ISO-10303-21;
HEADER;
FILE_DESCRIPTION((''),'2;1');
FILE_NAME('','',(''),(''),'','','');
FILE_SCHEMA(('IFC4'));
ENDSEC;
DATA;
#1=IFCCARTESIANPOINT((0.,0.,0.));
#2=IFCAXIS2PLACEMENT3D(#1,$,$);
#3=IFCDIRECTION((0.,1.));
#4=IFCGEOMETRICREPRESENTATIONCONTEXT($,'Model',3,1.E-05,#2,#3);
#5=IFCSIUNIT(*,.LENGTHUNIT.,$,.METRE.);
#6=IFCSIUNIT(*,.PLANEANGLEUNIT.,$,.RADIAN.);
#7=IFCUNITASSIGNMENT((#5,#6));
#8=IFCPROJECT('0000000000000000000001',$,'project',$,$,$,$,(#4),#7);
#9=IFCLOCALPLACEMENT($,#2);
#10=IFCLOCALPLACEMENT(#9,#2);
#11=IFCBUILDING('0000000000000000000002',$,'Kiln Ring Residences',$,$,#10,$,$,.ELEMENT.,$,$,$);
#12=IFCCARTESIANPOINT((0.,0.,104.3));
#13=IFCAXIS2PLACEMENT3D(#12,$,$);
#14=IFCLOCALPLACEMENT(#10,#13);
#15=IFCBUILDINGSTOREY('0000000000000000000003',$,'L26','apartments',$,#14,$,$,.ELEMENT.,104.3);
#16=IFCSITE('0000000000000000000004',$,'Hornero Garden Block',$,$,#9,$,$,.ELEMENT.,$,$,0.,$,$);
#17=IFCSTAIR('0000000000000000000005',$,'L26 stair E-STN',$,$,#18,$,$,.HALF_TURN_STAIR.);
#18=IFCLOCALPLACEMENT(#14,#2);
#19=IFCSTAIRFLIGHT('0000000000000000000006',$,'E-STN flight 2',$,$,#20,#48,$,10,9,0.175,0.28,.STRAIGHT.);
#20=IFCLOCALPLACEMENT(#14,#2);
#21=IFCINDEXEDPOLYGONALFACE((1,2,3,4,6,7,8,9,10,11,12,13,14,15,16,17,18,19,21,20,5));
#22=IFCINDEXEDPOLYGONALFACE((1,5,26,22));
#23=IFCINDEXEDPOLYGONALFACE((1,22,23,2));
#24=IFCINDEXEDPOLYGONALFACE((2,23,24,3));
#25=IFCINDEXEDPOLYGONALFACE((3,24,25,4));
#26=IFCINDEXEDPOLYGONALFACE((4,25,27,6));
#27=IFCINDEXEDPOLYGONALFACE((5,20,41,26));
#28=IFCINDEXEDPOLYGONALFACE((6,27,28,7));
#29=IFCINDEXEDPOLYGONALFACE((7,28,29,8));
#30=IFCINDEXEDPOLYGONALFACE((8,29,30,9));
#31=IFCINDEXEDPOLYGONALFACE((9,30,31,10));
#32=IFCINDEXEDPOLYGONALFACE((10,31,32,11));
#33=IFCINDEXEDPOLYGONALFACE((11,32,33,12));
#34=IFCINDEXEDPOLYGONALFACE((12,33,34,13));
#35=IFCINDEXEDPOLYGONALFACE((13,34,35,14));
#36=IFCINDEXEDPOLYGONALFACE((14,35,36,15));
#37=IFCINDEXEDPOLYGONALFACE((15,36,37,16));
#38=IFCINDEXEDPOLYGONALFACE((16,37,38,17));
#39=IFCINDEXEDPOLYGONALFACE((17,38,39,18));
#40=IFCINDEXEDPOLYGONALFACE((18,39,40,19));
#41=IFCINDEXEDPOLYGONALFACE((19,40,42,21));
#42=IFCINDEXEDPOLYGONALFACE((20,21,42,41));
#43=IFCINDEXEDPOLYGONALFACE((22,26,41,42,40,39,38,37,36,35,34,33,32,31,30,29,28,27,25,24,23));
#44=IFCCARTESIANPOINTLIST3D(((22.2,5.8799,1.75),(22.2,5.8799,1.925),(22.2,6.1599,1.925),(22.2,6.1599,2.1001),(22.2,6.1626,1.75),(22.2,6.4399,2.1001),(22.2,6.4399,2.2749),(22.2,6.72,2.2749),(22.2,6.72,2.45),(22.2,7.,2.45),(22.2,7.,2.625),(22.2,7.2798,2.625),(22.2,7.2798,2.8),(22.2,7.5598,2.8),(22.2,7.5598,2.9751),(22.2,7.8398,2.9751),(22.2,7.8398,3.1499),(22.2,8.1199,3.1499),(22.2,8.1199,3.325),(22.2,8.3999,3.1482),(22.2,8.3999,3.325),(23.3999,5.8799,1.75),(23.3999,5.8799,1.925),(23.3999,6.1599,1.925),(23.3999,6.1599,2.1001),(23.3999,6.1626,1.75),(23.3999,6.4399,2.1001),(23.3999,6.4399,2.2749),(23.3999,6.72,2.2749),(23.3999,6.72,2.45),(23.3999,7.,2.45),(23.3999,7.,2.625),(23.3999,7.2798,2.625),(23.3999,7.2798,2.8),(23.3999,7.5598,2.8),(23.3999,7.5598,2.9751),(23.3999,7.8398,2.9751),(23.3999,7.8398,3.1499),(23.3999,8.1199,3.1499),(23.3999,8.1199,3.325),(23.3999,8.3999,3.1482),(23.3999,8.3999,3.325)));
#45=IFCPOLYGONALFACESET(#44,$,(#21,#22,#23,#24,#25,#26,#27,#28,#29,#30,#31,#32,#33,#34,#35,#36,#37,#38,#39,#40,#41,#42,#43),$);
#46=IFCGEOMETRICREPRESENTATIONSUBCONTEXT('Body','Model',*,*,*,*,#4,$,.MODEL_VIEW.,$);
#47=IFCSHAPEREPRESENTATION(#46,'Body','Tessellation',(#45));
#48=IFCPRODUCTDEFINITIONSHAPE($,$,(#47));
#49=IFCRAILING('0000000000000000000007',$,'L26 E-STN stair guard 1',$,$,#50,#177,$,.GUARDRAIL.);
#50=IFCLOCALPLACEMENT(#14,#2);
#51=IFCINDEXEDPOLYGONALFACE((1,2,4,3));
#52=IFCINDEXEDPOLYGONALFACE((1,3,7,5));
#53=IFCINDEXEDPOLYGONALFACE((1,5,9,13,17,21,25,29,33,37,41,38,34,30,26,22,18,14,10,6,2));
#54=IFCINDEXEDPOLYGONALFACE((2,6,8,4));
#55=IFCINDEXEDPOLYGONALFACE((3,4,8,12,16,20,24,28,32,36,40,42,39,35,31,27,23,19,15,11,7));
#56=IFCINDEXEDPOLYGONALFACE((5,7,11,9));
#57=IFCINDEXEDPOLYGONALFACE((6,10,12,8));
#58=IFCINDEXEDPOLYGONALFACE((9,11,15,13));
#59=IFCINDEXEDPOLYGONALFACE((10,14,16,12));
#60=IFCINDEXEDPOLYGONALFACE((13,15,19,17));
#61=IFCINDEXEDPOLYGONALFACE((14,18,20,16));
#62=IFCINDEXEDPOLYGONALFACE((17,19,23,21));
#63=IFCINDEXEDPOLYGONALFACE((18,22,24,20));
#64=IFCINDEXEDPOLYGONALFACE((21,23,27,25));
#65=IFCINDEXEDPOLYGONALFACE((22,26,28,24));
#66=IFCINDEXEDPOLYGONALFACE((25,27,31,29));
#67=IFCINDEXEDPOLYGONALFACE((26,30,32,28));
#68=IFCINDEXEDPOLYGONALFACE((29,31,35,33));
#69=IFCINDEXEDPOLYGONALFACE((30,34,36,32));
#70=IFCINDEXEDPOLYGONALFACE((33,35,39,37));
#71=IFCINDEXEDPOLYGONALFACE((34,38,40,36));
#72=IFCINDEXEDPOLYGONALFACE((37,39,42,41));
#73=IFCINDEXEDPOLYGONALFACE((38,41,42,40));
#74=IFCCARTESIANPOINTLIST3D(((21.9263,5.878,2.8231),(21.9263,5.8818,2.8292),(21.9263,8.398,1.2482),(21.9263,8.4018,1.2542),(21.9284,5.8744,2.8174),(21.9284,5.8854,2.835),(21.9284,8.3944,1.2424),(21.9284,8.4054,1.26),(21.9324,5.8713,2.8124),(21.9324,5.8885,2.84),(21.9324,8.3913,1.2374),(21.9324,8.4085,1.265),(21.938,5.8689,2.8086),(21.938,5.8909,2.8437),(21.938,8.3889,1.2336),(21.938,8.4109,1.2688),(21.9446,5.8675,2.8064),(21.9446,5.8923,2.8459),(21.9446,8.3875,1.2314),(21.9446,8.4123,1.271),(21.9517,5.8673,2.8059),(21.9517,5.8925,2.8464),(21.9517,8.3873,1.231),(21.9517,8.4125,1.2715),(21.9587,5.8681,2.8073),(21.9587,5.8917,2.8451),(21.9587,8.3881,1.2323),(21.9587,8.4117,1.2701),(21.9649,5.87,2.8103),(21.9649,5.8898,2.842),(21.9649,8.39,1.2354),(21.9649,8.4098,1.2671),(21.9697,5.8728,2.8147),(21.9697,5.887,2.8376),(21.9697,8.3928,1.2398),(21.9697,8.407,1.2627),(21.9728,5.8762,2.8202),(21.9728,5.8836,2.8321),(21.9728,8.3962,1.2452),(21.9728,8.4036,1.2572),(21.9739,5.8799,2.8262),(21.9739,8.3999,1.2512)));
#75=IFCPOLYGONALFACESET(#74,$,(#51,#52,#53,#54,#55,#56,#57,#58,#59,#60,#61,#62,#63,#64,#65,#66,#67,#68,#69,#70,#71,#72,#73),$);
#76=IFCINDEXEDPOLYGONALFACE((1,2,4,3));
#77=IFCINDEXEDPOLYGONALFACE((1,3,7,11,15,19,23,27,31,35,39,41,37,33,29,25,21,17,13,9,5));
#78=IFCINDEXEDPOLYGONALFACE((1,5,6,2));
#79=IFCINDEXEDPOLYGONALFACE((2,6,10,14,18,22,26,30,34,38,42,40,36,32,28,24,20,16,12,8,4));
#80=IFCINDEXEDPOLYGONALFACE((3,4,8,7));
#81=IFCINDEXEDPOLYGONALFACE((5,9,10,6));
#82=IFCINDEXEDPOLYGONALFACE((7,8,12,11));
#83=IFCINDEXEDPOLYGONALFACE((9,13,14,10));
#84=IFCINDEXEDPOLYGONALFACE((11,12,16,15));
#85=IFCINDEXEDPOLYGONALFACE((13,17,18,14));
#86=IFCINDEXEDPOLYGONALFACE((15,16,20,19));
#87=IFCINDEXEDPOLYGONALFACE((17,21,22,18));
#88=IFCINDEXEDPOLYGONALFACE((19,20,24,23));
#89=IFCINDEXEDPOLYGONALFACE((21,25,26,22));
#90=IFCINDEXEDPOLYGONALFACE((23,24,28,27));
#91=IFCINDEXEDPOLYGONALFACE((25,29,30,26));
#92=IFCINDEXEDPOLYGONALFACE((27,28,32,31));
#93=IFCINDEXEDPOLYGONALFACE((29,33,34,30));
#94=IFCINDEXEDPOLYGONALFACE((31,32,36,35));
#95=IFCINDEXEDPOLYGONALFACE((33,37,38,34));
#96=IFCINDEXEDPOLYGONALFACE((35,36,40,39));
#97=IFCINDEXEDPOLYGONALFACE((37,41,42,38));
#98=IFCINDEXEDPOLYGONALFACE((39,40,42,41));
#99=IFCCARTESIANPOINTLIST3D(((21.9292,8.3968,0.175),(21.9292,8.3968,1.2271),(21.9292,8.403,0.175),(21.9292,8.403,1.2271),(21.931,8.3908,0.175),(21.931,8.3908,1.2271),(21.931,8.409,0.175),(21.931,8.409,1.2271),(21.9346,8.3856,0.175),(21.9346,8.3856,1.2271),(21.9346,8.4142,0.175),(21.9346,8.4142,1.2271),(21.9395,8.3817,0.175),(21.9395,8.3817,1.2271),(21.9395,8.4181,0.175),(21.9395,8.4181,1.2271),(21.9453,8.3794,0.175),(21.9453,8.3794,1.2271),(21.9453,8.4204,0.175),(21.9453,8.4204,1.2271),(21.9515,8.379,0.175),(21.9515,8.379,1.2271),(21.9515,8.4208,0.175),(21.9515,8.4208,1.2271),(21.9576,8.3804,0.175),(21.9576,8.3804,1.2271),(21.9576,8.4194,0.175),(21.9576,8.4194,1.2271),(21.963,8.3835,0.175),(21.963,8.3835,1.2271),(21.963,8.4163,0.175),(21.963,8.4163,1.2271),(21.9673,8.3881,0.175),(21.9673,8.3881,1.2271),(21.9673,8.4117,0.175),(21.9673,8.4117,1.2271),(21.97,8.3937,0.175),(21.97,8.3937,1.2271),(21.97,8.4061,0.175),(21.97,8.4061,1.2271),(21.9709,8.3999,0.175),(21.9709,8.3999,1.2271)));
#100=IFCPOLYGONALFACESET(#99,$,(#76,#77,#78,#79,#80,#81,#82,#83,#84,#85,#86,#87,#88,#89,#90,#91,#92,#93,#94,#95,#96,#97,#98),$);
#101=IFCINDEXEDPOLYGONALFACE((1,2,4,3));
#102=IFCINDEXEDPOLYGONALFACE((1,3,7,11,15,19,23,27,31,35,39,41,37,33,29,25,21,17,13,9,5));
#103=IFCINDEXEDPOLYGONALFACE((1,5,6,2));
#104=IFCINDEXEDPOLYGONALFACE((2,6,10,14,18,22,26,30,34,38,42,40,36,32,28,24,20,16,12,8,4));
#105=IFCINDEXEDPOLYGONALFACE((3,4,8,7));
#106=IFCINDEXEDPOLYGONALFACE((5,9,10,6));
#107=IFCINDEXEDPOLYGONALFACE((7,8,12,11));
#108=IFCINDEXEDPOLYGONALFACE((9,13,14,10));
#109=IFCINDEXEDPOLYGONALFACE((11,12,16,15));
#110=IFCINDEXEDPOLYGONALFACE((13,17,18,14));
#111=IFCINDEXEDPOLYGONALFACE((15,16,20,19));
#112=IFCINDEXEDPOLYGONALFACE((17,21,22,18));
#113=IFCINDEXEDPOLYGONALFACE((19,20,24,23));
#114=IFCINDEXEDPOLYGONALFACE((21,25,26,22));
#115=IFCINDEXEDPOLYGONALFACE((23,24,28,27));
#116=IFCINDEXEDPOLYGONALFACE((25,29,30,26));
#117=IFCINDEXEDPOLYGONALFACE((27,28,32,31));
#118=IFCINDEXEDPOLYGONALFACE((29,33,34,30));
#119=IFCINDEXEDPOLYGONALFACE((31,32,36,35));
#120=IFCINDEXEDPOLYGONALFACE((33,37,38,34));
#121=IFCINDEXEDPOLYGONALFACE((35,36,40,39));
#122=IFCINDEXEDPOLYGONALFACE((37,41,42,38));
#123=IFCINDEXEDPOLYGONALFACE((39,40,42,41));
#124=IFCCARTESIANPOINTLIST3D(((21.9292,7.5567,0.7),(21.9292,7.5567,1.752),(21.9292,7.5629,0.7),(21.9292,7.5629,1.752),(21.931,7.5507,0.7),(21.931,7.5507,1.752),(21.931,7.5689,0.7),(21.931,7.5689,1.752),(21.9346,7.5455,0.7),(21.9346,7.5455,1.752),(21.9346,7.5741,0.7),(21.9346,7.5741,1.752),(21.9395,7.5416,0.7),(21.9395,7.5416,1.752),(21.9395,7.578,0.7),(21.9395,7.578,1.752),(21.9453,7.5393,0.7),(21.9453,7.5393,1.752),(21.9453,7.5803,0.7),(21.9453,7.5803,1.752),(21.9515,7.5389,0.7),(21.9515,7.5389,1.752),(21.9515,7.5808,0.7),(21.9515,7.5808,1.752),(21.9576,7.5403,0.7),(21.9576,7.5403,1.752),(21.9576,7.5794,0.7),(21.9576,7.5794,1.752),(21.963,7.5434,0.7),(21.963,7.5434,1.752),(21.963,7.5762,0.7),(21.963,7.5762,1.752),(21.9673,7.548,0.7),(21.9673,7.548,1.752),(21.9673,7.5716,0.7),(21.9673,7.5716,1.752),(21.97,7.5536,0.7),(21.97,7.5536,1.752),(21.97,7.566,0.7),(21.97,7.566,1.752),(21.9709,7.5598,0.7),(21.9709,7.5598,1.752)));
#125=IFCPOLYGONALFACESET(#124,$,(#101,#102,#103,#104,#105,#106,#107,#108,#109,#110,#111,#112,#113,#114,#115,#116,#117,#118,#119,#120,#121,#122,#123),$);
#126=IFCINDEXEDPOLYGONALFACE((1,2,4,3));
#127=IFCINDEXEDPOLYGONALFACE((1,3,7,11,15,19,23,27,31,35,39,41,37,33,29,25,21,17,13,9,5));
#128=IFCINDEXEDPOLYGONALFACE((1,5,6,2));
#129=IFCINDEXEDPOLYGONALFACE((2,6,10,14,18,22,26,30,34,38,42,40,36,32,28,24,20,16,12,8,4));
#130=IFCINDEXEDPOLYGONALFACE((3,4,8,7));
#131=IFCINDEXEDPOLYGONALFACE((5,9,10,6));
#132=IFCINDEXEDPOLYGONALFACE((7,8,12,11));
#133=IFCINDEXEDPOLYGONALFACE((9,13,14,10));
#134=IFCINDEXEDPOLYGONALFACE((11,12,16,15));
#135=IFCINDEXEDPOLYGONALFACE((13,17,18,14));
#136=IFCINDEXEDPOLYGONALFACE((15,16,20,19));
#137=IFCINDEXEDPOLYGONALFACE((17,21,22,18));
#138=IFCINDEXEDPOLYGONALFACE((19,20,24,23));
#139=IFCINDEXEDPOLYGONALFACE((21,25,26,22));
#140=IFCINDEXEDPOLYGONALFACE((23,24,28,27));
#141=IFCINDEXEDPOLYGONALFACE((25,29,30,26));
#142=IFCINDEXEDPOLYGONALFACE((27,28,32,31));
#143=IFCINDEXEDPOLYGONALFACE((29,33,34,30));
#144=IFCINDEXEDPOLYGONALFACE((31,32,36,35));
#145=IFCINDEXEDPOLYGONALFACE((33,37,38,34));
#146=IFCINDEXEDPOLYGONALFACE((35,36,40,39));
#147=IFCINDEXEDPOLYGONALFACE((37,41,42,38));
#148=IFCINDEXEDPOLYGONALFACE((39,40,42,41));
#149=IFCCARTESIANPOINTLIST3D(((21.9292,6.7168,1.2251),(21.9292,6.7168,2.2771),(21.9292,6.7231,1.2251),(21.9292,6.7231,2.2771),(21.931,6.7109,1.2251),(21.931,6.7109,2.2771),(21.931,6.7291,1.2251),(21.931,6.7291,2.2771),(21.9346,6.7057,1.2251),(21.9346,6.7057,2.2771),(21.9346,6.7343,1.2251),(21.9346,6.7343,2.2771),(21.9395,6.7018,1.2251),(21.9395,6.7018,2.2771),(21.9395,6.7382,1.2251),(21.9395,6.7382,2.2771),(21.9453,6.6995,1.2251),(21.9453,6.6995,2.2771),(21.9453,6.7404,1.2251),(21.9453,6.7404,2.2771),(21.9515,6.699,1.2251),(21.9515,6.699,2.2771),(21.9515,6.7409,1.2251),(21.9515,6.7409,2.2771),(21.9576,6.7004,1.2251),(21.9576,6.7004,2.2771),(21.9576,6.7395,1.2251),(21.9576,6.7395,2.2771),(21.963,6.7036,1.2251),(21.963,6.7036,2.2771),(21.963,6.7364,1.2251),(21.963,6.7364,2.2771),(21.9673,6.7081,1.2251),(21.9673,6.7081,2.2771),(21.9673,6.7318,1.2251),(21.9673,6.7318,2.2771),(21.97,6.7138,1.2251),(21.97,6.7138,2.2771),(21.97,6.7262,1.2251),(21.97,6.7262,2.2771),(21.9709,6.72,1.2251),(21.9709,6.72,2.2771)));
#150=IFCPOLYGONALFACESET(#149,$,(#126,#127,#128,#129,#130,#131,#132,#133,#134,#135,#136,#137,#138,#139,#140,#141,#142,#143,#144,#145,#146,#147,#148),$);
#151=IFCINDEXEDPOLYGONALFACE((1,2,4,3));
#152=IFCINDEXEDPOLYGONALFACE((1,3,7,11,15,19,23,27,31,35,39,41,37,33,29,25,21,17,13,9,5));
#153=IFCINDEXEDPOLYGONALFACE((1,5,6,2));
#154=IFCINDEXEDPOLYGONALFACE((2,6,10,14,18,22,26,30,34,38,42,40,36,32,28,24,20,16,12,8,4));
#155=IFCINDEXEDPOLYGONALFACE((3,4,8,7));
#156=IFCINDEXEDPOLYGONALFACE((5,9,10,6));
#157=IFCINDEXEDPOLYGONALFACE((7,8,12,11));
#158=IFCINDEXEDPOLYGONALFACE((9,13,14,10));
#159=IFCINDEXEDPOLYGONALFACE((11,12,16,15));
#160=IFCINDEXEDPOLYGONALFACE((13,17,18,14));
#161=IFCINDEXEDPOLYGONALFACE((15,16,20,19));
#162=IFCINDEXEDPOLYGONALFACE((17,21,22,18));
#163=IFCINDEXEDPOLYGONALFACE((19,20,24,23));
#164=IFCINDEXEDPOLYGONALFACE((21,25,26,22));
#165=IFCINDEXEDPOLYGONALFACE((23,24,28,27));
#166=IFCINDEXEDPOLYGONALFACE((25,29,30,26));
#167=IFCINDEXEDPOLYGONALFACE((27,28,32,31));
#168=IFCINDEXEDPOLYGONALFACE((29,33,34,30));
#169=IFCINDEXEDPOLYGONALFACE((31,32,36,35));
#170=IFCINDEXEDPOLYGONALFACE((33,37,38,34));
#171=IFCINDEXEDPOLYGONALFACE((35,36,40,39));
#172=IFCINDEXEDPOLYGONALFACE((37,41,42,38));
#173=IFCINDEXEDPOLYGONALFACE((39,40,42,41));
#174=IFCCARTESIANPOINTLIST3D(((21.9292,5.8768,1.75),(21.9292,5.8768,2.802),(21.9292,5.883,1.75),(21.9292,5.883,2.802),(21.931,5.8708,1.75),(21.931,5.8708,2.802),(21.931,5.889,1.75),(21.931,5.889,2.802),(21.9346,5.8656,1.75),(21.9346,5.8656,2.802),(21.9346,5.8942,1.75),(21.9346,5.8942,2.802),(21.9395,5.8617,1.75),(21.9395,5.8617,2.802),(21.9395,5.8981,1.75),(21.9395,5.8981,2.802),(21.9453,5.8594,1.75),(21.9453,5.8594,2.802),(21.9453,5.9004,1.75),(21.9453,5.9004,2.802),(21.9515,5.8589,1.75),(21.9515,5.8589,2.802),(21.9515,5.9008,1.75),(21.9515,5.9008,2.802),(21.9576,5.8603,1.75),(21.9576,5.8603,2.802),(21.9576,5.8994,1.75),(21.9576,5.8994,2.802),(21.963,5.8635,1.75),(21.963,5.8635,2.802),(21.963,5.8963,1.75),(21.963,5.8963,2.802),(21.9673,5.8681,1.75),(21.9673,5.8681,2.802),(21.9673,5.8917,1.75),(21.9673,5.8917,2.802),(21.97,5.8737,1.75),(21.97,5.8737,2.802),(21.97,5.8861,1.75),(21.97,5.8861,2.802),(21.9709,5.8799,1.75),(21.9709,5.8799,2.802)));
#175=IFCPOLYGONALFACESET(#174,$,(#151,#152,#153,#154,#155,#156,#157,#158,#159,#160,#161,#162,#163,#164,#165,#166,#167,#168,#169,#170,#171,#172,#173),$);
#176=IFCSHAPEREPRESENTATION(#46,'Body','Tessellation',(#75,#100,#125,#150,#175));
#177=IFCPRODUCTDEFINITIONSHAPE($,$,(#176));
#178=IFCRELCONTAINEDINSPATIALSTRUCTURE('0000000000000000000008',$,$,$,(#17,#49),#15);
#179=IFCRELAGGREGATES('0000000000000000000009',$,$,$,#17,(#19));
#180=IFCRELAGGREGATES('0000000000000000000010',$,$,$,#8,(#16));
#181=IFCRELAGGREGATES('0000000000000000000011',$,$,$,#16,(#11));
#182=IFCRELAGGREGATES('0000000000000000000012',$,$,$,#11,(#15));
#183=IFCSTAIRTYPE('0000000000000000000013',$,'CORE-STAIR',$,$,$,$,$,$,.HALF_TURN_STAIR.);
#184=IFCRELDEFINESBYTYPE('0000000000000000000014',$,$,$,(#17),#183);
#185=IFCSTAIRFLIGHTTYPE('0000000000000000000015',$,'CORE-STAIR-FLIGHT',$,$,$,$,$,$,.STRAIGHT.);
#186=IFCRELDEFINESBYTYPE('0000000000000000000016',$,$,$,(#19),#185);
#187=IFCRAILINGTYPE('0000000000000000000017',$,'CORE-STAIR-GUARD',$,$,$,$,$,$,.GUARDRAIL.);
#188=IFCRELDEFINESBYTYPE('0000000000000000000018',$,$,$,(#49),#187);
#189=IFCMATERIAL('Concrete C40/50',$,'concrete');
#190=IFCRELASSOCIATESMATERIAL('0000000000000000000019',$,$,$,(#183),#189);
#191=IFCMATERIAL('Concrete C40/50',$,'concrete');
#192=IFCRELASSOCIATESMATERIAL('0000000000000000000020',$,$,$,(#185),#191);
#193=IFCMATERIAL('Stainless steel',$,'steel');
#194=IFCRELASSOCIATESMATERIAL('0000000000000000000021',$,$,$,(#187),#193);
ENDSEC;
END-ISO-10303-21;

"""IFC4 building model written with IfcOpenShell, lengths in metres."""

from ifc_helpers import new_model, si_unit, direction, frame, origin, origin_2d, place, context, subcontext, project, spatial, polyline, circle, outline, extrude, material, type_object, element, aggregate, save


model = new_model("IFC4")

# Units and contexts
model_context = context("Model", 3, precision=1e-05, world=origin(), true_north=direction((0.0, 1.0)))
body_context = subcontext(model_context, "Body", "Model", "MODEL_VIEW")
ifc_project = project(units=[si_unit("LENGTHUNIT", "METRE"), si_unit("PLANEANGLEUNIT", "RADIAN")], contexts=[model_context])

# Site, building, storey
site_placement = place(None, origin())
site = spatial("IfcSite", under=ifc_project, at=site_placement, Name="Hornero Garden Block", CompositionType="ELEMENT", RefElevation=0.0)
building_placement = place(site_placement, origin())
building = spatial("IfcBuilding", under=site, at=building_placement, Name="Kiln Ring Residences", CompositionType="ELEMENT")
storey_placement = place(building_placement, frame((0.0, 0.0, 104.3)))
storey = spatial("IfcBuildingStorey", under=building, at=storey_placement, Name="L26", Description="apartments", CompositionType="ELEMENT", Elevation=104.3)

# Stair, stair flight
ifc_material_1 = material(Name="Concrete C40/50", Category="concrete")
stair_type = type_object("IfcStairType", Name="CORE-STAIR", PredefinedType="HALF_TURN_STAIR", material=ifc_material_1)
stair_placement = place(storey_placement, origin())
stair = element("IfcStair", 1, at=stair_placement, inside=storey, type_object=stair_type, Name="L26 stair E-STN", PredefinedType="HALF_TURN_STAIR")
ifc_material_2 = material(Name="Concrete C40/50", Category="concrete")
stair_flight_type = type_object("IfcStairFlightType", Name="CORE-STAIR-FLIGHT", PredefinedType="STRAIGHT", material=ifc_material_2)
stair_flight_1_placement = place(storey_placement, frame((22.8, 5.8799, 1.75), z_axis=(0.0, 0.0, 1.0), x_axis=(0.0, 1.0, 0.0)))
stair_flight_1 = element("IfcStairFlight", 2, at=stair_flight_1_placement, type_object=stair_flight_type, Name="E-STN flight 2", NumberOfRisers=10, NumberOfTreads=9, PredefinedType="STRAIGHT", RiserHeight=0.175, TreadLength=0.28, context=body_context, shape_type="SweptSolid", body=[
    extrude(outline(polyline([(0.0, 0.0), (0.0, 0.175), (0.28, 0.175), (0.28, 0.3501), (0.5601, 0.3501), (0.5601, 0.5249), (0.8401, 0.5249), (0.8401, 0.7), (1.1201, 0.7), (1.1201, 0.875), (1.3999, 0.875), (1.3999, 1.05), (1.6799, 1.05), (1.6799, 1.2251), (1.96, 1.2251), (1.96, 1.3999), (2.24, 1.3999), (2.24, 1.575), (2.52, 1.575), (2.52, 1.75), (2.52, 1.3982), (0.2827, 0.0), (0.0, 0.0)])), frame((0.0, 0.6001, 0.0), z_axis=(0.0, -1.0, 0.0), x_axis=(1.0, 0.0, 0.0)), (0.0, 0.0, 1.0), 1.2),
])
aggregate(stair, [stair_flight_1])

# Railing
ifc_material_3 = material(Name="Stainless steel", Category="steel")
railing_type_1 = type_object("IfcRailingType", Name="CORE-STAIR-GUARD", PredefinedType="GUARDRAIL", material=ifc_material_3)
railing_1_placement = place(storey_placement, frame((21.95, 8.3999, 0.175)))
element("IfcRailing", 3, at=railing_1_placement, inside=storey, type_object=railing_type_1, Name="L26 E-STN stair guard 1", PredefinedType="GUARDRAIL", context=body_context, shape_type="SweptSolid", body=[
    extrude(circle(Radius=0.0239, at=origin_2d()), frame((0.0, 0.0, 1.0762), z_axis=(0.0, -0.848008, 0.529984), x_axis=(1.0, 0.0, 0.0)), (0.0, 0.0, 1.0), 2.9717),
    extrude(circle(Radius=0.021, at=origin_2d()), origin(), (0.0, 0.0, 1.0), 1.052),
    extrude(circle(Radius=0.021, at=origin_2d()), frame((0.0, -0.8401, 0.5249)), (0.0, 0.0, 1.0), 1.052),
    extrude(circle(Radius=0.021, at=origin_2d()), frame((0.0, -1.6799, 1.05)), (0.0, 0.0, 1.0), 1.052),
    extrude(circle(Radius=0.021, at=origin_2d()), frame((0.0, -2.52, 1.575)), (0.0, 0.0, 1.0), 1.052),
])

save(model, "model.ifc")
